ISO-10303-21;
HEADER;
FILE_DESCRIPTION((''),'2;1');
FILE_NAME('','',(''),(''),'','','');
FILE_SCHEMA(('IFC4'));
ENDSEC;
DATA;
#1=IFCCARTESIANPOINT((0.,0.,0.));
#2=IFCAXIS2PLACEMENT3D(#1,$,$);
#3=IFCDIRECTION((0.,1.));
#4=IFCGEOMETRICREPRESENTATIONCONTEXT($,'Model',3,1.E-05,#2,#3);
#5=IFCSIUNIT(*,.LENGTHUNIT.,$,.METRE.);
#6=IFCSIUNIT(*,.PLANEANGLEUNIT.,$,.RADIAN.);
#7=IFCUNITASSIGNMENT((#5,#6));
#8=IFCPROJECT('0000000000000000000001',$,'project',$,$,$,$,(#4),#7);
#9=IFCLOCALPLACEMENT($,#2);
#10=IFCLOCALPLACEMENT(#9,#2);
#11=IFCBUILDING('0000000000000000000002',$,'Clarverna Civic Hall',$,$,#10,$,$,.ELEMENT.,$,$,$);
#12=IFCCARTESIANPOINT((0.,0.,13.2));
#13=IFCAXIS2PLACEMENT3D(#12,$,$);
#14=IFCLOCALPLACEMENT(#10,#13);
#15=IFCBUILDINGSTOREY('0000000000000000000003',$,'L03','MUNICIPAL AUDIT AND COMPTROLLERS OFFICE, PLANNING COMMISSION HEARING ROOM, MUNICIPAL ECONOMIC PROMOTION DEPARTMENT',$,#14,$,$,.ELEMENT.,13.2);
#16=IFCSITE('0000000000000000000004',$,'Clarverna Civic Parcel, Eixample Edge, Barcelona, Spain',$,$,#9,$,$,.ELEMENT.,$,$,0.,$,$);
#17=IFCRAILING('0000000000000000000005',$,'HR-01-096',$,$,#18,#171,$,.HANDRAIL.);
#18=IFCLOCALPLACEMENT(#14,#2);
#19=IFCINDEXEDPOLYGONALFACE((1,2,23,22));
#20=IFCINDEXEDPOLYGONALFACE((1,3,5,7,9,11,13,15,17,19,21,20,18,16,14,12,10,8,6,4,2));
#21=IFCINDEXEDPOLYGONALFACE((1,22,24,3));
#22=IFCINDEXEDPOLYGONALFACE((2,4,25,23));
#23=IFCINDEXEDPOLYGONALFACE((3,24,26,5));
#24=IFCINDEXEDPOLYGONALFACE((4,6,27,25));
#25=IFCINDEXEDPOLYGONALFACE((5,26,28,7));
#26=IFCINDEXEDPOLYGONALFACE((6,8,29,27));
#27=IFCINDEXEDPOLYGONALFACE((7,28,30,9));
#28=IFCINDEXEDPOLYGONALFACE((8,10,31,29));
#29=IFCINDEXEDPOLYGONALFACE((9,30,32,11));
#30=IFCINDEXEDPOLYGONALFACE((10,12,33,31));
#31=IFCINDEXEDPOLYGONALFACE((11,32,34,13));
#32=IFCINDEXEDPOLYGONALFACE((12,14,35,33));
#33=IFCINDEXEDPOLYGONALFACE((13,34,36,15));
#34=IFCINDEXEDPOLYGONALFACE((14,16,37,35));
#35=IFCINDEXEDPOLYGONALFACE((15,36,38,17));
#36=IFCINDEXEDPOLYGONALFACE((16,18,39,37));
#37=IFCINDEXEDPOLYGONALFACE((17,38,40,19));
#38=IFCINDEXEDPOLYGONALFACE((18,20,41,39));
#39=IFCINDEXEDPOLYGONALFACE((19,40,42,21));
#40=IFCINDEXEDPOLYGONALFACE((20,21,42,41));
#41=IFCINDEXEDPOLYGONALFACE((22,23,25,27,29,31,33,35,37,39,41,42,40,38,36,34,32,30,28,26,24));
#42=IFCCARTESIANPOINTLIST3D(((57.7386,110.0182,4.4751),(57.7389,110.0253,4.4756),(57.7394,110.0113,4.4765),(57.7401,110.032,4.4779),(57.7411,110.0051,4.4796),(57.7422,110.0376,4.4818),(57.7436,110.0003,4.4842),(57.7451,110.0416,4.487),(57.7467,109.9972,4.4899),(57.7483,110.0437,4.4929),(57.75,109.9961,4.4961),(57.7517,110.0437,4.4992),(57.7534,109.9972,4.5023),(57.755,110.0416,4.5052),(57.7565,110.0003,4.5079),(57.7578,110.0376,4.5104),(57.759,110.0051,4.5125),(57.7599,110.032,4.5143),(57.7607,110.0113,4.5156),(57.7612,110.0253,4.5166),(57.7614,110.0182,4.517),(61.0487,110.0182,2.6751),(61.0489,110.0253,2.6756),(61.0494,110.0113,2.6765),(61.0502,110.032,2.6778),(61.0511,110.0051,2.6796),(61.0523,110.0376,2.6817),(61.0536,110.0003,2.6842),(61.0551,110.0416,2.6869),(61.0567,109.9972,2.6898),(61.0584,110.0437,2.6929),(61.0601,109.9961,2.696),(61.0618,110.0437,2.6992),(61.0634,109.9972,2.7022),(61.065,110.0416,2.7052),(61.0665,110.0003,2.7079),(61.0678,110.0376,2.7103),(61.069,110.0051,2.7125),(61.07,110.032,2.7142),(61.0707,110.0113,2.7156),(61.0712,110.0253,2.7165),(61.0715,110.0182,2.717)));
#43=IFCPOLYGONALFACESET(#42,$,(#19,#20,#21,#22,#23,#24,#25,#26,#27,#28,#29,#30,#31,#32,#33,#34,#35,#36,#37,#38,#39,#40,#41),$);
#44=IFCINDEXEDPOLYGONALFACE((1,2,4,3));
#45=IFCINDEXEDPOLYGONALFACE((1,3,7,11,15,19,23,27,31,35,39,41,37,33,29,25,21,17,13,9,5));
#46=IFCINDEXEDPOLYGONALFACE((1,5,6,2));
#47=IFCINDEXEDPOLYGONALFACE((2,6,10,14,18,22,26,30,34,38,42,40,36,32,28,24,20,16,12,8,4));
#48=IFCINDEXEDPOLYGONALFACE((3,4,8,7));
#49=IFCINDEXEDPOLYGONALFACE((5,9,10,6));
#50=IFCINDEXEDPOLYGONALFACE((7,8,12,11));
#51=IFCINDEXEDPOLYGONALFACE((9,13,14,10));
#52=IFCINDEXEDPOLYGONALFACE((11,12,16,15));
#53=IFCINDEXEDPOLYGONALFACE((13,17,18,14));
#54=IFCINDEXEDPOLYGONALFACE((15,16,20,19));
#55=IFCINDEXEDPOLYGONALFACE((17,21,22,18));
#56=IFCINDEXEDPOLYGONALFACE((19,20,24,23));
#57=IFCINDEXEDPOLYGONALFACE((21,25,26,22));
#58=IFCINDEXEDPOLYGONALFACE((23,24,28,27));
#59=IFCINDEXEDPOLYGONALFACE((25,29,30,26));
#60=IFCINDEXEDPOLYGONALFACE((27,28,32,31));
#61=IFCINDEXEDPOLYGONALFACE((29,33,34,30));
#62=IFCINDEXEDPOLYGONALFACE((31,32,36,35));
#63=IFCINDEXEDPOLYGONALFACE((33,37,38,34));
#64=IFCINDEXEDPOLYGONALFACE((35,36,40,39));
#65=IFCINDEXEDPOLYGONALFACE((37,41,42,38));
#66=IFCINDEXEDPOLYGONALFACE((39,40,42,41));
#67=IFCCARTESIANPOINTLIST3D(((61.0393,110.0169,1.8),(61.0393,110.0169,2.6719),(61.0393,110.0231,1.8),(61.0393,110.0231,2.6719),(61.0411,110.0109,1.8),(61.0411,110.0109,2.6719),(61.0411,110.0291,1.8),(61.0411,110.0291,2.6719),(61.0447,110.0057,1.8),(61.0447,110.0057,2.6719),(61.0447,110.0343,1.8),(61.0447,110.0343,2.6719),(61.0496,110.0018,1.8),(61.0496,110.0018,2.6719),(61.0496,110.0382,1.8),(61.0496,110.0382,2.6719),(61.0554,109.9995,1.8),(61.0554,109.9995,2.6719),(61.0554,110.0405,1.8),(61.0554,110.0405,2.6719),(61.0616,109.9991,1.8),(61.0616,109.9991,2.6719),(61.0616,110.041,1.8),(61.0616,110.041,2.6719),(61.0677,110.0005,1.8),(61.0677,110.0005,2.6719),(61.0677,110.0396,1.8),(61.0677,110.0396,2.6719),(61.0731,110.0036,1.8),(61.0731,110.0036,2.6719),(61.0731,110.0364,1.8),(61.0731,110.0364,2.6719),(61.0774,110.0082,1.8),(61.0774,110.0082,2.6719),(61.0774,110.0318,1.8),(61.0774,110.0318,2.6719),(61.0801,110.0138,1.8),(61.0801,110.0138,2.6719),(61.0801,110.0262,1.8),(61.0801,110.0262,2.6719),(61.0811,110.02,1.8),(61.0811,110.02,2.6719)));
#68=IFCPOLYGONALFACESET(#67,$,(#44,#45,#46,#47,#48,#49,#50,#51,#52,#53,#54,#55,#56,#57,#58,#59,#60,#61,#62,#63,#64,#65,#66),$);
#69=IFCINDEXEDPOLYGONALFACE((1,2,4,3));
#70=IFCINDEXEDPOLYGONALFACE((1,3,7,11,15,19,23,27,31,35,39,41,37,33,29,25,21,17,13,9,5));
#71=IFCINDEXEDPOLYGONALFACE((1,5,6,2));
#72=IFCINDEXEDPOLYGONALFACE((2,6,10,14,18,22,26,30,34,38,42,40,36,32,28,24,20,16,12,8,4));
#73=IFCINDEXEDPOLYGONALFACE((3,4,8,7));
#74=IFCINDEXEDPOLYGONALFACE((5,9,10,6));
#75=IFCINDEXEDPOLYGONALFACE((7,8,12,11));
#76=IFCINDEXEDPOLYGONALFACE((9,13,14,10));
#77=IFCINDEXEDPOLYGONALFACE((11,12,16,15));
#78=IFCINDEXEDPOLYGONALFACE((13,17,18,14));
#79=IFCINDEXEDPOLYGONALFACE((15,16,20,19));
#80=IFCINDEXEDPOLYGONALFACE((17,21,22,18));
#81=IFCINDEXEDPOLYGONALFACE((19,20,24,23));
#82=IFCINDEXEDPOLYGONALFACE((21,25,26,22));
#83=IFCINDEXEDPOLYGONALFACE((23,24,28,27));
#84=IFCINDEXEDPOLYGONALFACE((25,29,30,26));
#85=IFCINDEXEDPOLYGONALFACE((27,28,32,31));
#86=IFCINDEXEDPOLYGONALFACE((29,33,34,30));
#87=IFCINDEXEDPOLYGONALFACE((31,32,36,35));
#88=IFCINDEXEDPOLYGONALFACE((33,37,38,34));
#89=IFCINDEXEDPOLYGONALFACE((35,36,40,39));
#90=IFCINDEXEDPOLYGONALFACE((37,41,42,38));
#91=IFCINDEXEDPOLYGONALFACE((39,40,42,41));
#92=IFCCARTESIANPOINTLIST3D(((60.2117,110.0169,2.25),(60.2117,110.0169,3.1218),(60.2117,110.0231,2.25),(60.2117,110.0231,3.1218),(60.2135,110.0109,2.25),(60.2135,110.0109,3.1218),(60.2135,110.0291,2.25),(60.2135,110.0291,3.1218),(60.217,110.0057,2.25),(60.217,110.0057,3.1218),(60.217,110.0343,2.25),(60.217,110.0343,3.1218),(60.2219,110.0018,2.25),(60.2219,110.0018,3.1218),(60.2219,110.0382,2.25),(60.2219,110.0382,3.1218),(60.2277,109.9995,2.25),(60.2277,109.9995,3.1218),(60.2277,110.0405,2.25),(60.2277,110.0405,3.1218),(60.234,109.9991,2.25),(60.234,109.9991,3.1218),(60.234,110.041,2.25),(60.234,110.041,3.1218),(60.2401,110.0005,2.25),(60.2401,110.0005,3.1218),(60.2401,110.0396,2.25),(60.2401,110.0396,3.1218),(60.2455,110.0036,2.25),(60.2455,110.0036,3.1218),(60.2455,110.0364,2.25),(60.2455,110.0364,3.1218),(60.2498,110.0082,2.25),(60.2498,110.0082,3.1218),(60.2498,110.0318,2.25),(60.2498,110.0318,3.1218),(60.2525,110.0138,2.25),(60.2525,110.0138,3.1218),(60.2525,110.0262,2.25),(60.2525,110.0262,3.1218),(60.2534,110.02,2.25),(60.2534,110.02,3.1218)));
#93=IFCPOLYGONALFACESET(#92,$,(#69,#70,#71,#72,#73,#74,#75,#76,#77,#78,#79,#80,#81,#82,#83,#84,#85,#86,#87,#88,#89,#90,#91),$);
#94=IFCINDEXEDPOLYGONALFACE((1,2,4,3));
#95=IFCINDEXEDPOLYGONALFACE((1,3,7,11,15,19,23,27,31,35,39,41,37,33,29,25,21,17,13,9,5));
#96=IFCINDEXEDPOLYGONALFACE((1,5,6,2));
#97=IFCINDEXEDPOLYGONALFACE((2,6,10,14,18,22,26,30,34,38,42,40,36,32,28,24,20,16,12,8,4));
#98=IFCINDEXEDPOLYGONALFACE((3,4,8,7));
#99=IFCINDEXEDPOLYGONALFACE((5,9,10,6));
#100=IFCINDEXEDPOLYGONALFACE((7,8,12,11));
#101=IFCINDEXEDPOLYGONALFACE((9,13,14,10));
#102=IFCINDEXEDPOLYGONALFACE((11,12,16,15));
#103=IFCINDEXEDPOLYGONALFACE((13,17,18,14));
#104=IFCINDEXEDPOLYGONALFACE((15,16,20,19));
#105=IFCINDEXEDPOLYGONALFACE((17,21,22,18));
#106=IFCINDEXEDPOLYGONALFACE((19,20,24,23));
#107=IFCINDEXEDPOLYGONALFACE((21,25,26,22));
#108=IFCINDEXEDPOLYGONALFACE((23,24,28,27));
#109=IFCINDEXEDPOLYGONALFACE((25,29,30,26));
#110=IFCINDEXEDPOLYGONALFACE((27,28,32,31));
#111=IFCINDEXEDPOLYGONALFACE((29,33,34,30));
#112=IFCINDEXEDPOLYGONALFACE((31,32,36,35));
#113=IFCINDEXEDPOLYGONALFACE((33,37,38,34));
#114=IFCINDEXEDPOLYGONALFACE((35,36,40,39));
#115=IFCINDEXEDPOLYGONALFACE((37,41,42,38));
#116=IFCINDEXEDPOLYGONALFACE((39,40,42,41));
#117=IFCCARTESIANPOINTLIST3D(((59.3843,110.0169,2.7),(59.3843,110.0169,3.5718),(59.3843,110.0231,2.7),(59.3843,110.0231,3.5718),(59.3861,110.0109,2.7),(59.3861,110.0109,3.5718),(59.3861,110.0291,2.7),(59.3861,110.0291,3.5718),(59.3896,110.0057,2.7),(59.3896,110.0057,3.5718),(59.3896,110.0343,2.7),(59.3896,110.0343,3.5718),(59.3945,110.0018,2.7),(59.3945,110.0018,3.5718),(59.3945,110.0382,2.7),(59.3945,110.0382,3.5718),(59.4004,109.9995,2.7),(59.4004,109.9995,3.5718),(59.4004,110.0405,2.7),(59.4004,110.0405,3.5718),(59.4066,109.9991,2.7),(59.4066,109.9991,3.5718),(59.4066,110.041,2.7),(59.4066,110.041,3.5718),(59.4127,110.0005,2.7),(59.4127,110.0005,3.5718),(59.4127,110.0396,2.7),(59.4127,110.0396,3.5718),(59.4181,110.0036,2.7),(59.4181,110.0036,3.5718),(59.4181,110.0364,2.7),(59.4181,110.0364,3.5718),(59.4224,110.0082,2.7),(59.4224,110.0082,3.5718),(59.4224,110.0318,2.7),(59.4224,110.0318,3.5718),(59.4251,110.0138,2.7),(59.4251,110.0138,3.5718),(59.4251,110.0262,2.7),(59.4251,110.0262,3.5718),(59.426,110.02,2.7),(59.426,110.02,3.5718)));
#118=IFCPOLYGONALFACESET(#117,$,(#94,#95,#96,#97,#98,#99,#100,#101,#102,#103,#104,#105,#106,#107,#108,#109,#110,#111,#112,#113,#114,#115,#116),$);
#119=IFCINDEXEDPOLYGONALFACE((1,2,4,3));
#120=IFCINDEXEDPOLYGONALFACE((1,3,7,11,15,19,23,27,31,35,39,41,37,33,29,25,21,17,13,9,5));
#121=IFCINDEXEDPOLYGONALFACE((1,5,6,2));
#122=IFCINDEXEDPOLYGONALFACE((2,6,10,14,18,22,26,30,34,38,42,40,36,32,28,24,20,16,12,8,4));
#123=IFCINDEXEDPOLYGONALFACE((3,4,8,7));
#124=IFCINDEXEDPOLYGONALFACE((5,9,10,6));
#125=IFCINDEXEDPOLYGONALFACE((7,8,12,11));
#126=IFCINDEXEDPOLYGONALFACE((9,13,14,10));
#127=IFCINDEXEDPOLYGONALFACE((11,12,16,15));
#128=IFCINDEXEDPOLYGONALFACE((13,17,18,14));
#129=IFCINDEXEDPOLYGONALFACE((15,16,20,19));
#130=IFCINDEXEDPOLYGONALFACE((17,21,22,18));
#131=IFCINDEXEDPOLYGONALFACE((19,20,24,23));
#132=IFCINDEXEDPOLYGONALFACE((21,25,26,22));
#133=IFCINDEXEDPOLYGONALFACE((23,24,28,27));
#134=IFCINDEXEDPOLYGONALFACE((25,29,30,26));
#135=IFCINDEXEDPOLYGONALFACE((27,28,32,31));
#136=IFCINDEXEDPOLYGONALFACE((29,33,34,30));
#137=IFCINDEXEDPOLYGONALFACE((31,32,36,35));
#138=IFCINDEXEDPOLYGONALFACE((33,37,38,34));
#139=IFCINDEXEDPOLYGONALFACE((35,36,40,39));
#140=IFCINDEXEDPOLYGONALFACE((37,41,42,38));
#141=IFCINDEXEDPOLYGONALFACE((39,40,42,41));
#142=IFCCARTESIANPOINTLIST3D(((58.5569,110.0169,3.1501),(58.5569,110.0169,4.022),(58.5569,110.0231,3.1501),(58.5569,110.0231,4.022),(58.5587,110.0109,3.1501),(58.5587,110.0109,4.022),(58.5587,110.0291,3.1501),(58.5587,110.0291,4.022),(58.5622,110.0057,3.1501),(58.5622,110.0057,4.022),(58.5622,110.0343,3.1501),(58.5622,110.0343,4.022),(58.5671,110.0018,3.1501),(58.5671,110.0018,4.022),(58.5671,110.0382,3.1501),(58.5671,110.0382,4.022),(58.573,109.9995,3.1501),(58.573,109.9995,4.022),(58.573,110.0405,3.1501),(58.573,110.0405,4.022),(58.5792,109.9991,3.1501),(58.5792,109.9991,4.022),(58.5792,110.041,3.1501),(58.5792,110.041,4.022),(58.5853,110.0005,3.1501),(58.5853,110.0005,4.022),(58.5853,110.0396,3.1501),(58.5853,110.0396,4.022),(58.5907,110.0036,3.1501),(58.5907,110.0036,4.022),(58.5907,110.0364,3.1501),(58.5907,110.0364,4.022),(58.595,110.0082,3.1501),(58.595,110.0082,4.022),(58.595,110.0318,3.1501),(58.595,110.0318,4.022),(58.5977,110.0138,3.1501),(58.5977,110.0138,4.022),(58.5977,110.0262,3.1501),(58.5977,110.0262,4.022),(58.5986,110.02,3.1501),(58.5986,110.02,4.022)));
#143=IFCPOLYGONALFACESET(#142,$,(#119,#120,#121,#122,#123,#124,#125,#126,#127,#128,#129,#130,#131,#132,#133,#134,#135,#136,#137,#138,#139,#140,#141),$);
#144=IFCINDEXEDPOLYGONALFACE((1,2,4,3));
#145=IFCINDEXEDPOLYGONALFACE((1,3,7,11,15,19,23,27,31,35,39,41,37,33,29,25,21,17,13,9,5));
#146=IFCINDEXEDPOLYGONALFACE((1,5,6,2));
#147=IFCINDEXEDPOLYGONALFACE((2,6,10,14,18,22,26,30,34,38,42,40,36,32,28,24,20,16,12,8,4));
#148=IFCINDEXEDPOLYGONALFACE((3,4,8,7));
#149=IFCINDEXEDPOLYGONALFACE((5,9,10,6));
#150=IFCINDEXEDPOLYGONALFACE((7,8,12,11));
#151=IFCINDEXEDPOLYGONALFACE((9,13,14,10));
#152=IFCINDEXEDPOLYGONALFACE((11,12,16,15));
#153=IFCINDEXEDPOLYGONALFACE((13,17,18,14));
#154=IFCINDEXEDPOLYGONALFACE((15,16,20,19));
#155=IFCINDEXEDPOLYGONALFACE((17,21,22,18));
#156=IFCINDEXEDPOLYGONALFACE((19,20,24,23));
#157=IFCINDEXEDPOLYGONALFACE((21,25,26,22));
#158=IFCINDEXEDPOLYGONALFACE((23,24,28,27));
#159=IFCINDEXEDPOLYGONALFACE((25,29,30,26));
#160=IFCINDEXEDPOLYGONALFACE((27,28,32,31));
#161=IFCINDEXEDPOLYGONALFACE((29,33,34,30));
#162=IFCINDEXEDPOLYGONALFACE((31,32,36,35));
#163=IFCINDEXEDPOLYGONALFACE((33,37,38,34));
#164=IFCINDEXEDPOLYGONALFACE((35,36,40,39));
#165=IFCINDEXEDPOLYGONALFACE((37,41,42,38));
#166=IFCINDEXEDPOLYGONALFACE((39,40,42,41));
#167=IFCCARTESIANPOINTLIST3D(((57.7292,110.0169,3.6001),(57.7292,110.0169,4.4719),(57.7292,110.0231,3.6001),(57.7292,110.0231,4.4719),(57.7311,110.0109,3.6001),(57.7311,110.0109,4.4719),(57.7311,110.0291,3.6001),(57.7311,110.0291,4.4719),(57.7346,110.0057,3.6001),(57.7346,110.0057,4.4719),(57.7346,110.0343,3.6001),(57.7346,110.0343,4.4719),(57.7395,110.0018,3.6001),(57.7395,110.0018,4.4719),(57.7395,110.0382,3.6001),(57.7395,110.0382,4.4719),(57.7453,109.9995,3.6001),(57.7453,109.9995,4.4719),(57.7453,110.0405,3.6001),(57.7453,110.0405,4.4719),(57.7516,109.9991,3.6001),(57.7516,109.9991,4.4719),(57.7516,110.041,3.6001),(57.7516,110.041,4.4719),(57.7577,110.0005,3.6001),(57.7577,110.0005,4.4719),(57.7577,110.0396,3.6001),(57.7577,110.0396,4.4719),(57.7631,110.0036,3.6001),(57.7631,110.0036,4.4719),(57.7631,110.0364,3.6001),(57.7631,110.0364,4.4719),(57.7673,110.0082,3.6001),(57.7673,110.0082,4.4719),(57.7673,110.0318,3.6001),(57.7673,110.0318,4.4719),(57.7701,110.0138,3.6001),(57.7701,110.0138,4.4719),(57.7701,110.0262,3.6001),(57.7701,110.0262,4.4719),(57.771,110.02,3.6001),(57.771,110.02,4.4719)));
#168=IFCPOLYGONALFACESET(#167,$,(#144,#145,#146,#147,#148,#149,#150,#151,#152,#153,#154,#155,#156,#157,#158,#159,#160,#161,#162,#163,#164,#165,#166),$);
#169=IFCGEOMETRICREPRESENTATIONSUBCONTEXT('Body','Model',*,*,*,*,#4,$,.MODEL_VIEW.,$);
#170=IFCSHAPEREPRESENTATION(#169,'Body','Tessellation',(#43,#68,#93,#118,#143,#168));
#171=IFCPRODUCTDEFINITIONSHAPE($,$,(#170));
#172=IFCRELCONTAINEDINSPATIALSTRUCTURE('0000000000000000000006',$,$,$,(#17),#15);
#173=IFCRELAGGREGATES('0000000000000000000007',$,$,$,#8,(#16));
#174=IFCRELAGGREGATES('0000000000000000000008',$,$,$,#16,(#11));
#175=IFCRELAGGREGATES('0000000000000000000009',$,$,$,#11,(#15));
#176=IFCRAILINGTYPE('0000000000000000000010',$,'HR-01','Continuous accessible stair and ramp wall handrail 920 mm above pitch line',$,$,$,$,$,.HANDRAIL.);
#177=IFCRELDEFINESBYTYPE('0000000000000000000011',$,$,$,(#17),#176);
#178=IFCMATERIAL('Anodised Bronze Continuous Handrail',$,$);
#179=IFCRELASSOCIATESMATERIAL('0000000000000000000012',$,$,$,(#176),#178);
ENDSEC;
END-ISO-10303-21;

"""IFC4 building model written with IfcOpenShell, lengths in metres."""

from ifc_helpers import new_model, si_unit, direction, frame, origin, origin_2d, place, context, subcontext, project, spatial, circle, extrude, material, type_object, element, save


model = new_model("IFC4")

# Units and contexts
model_context = context("Model", 3, precision=1e-05, world=origin(), true_north=direction((0.0, 1.0)))
body_context = subcontext(model_context, "Body", "Model", "MODEL_VIEW")
ifc_project = project(units=[si_unit("LENGTHUNIT", "METRE"), si_unit("PLANEANGLEUNIT", "RADIAN")], contexts=[model_context])

# Site, building, storey
site_placement = place(None, origin())
site = spatial("IfcSite", under=ifc_project, at=site_placement, Name="Clarverna Civic Parcel, Eixample Edge, Barcelona, Spain", CompositionType="ELEMENT", RefElevation=0.0)
building_placement = place(site_placement, origin())
building = spatial("IfcBuilding", under=site, at=building_placement, Name="Clarverna Civic Hall", CompositionType="ELEMENT")
storey_placement = place(building_placement, frame((0.0, 0.0, 13.2)))
storey = spatial("IfcBuildingStorey", under=building, at=storey_placement, Name="L03", Description="MUNICIPAL AUDIT AND COMPTROLLERS OFFICE, PLANNING COMMISSION HEARING ROOM, MUNICIPAL ECONOMIC PROMOTION DEPARTMENT", CompositionType="ELEMENT", Elevation=13.2)

# Railing
ifc_material_1 = material(Name="Anodised Bronze Continuous Handrail")
railing_type_1 = type_object("IfcRailingType", Name="HR-01", Description="Continuous accessible stair and ramp wall handrail 920 mm above pitch line", PredefinedType="HANDRAIL", material=ifc_material_1)
railing_1_placement = place(storey_placement, frame((61.0601, 110.02, 1.8)))
element("IfcRailing", 1, at=railing_1_placement, inside=storey, type_object=railing_type_1, Name="HR-01-096", PredefinedType="HANDRAIL", context=body_context, shape_type="SweptSolid", body=[
    extrude(circle(Radius=0.0239, at=origin_2d()), frame((0.0, 0.0, 0.896), z_axis=(-0.878502, 0.0, 0.477739), x_axis=(0.0, -1.0, 0.0)), (0.0, 0.0, 1.0), 3.7678),
    extrude(circle(Radius=0.021, at=origin_2d()), origin(), (0.0, 0.0, 1.0), 0.8718),
    extrude(circle(Radius=0.021, at=origin_2d()), frame((-0.8276, 0.0, 0.45)), (0.0, 0.0, 1.0), 0.8718),
    extrude(circle(Radius=0.021, at=origin_2d()), frame((-1.655, 0.0, 0.8999)), (0.0, 0.0, 1.0), 0.8718),
    extrude(circle(Radius=0.021, at=origin_2d()), frame((-2.4824, 0.0, 1.3501)), (0.0, 0.0, 1.0), 0.8718),
    extrude(circle(Radius=0.021, at=origin_2d()), frame((-3.3101, 0.0, 1.8)), (0.0, 0.0, 1.0), 0.8718),
])

save(model, "model.ifc")
